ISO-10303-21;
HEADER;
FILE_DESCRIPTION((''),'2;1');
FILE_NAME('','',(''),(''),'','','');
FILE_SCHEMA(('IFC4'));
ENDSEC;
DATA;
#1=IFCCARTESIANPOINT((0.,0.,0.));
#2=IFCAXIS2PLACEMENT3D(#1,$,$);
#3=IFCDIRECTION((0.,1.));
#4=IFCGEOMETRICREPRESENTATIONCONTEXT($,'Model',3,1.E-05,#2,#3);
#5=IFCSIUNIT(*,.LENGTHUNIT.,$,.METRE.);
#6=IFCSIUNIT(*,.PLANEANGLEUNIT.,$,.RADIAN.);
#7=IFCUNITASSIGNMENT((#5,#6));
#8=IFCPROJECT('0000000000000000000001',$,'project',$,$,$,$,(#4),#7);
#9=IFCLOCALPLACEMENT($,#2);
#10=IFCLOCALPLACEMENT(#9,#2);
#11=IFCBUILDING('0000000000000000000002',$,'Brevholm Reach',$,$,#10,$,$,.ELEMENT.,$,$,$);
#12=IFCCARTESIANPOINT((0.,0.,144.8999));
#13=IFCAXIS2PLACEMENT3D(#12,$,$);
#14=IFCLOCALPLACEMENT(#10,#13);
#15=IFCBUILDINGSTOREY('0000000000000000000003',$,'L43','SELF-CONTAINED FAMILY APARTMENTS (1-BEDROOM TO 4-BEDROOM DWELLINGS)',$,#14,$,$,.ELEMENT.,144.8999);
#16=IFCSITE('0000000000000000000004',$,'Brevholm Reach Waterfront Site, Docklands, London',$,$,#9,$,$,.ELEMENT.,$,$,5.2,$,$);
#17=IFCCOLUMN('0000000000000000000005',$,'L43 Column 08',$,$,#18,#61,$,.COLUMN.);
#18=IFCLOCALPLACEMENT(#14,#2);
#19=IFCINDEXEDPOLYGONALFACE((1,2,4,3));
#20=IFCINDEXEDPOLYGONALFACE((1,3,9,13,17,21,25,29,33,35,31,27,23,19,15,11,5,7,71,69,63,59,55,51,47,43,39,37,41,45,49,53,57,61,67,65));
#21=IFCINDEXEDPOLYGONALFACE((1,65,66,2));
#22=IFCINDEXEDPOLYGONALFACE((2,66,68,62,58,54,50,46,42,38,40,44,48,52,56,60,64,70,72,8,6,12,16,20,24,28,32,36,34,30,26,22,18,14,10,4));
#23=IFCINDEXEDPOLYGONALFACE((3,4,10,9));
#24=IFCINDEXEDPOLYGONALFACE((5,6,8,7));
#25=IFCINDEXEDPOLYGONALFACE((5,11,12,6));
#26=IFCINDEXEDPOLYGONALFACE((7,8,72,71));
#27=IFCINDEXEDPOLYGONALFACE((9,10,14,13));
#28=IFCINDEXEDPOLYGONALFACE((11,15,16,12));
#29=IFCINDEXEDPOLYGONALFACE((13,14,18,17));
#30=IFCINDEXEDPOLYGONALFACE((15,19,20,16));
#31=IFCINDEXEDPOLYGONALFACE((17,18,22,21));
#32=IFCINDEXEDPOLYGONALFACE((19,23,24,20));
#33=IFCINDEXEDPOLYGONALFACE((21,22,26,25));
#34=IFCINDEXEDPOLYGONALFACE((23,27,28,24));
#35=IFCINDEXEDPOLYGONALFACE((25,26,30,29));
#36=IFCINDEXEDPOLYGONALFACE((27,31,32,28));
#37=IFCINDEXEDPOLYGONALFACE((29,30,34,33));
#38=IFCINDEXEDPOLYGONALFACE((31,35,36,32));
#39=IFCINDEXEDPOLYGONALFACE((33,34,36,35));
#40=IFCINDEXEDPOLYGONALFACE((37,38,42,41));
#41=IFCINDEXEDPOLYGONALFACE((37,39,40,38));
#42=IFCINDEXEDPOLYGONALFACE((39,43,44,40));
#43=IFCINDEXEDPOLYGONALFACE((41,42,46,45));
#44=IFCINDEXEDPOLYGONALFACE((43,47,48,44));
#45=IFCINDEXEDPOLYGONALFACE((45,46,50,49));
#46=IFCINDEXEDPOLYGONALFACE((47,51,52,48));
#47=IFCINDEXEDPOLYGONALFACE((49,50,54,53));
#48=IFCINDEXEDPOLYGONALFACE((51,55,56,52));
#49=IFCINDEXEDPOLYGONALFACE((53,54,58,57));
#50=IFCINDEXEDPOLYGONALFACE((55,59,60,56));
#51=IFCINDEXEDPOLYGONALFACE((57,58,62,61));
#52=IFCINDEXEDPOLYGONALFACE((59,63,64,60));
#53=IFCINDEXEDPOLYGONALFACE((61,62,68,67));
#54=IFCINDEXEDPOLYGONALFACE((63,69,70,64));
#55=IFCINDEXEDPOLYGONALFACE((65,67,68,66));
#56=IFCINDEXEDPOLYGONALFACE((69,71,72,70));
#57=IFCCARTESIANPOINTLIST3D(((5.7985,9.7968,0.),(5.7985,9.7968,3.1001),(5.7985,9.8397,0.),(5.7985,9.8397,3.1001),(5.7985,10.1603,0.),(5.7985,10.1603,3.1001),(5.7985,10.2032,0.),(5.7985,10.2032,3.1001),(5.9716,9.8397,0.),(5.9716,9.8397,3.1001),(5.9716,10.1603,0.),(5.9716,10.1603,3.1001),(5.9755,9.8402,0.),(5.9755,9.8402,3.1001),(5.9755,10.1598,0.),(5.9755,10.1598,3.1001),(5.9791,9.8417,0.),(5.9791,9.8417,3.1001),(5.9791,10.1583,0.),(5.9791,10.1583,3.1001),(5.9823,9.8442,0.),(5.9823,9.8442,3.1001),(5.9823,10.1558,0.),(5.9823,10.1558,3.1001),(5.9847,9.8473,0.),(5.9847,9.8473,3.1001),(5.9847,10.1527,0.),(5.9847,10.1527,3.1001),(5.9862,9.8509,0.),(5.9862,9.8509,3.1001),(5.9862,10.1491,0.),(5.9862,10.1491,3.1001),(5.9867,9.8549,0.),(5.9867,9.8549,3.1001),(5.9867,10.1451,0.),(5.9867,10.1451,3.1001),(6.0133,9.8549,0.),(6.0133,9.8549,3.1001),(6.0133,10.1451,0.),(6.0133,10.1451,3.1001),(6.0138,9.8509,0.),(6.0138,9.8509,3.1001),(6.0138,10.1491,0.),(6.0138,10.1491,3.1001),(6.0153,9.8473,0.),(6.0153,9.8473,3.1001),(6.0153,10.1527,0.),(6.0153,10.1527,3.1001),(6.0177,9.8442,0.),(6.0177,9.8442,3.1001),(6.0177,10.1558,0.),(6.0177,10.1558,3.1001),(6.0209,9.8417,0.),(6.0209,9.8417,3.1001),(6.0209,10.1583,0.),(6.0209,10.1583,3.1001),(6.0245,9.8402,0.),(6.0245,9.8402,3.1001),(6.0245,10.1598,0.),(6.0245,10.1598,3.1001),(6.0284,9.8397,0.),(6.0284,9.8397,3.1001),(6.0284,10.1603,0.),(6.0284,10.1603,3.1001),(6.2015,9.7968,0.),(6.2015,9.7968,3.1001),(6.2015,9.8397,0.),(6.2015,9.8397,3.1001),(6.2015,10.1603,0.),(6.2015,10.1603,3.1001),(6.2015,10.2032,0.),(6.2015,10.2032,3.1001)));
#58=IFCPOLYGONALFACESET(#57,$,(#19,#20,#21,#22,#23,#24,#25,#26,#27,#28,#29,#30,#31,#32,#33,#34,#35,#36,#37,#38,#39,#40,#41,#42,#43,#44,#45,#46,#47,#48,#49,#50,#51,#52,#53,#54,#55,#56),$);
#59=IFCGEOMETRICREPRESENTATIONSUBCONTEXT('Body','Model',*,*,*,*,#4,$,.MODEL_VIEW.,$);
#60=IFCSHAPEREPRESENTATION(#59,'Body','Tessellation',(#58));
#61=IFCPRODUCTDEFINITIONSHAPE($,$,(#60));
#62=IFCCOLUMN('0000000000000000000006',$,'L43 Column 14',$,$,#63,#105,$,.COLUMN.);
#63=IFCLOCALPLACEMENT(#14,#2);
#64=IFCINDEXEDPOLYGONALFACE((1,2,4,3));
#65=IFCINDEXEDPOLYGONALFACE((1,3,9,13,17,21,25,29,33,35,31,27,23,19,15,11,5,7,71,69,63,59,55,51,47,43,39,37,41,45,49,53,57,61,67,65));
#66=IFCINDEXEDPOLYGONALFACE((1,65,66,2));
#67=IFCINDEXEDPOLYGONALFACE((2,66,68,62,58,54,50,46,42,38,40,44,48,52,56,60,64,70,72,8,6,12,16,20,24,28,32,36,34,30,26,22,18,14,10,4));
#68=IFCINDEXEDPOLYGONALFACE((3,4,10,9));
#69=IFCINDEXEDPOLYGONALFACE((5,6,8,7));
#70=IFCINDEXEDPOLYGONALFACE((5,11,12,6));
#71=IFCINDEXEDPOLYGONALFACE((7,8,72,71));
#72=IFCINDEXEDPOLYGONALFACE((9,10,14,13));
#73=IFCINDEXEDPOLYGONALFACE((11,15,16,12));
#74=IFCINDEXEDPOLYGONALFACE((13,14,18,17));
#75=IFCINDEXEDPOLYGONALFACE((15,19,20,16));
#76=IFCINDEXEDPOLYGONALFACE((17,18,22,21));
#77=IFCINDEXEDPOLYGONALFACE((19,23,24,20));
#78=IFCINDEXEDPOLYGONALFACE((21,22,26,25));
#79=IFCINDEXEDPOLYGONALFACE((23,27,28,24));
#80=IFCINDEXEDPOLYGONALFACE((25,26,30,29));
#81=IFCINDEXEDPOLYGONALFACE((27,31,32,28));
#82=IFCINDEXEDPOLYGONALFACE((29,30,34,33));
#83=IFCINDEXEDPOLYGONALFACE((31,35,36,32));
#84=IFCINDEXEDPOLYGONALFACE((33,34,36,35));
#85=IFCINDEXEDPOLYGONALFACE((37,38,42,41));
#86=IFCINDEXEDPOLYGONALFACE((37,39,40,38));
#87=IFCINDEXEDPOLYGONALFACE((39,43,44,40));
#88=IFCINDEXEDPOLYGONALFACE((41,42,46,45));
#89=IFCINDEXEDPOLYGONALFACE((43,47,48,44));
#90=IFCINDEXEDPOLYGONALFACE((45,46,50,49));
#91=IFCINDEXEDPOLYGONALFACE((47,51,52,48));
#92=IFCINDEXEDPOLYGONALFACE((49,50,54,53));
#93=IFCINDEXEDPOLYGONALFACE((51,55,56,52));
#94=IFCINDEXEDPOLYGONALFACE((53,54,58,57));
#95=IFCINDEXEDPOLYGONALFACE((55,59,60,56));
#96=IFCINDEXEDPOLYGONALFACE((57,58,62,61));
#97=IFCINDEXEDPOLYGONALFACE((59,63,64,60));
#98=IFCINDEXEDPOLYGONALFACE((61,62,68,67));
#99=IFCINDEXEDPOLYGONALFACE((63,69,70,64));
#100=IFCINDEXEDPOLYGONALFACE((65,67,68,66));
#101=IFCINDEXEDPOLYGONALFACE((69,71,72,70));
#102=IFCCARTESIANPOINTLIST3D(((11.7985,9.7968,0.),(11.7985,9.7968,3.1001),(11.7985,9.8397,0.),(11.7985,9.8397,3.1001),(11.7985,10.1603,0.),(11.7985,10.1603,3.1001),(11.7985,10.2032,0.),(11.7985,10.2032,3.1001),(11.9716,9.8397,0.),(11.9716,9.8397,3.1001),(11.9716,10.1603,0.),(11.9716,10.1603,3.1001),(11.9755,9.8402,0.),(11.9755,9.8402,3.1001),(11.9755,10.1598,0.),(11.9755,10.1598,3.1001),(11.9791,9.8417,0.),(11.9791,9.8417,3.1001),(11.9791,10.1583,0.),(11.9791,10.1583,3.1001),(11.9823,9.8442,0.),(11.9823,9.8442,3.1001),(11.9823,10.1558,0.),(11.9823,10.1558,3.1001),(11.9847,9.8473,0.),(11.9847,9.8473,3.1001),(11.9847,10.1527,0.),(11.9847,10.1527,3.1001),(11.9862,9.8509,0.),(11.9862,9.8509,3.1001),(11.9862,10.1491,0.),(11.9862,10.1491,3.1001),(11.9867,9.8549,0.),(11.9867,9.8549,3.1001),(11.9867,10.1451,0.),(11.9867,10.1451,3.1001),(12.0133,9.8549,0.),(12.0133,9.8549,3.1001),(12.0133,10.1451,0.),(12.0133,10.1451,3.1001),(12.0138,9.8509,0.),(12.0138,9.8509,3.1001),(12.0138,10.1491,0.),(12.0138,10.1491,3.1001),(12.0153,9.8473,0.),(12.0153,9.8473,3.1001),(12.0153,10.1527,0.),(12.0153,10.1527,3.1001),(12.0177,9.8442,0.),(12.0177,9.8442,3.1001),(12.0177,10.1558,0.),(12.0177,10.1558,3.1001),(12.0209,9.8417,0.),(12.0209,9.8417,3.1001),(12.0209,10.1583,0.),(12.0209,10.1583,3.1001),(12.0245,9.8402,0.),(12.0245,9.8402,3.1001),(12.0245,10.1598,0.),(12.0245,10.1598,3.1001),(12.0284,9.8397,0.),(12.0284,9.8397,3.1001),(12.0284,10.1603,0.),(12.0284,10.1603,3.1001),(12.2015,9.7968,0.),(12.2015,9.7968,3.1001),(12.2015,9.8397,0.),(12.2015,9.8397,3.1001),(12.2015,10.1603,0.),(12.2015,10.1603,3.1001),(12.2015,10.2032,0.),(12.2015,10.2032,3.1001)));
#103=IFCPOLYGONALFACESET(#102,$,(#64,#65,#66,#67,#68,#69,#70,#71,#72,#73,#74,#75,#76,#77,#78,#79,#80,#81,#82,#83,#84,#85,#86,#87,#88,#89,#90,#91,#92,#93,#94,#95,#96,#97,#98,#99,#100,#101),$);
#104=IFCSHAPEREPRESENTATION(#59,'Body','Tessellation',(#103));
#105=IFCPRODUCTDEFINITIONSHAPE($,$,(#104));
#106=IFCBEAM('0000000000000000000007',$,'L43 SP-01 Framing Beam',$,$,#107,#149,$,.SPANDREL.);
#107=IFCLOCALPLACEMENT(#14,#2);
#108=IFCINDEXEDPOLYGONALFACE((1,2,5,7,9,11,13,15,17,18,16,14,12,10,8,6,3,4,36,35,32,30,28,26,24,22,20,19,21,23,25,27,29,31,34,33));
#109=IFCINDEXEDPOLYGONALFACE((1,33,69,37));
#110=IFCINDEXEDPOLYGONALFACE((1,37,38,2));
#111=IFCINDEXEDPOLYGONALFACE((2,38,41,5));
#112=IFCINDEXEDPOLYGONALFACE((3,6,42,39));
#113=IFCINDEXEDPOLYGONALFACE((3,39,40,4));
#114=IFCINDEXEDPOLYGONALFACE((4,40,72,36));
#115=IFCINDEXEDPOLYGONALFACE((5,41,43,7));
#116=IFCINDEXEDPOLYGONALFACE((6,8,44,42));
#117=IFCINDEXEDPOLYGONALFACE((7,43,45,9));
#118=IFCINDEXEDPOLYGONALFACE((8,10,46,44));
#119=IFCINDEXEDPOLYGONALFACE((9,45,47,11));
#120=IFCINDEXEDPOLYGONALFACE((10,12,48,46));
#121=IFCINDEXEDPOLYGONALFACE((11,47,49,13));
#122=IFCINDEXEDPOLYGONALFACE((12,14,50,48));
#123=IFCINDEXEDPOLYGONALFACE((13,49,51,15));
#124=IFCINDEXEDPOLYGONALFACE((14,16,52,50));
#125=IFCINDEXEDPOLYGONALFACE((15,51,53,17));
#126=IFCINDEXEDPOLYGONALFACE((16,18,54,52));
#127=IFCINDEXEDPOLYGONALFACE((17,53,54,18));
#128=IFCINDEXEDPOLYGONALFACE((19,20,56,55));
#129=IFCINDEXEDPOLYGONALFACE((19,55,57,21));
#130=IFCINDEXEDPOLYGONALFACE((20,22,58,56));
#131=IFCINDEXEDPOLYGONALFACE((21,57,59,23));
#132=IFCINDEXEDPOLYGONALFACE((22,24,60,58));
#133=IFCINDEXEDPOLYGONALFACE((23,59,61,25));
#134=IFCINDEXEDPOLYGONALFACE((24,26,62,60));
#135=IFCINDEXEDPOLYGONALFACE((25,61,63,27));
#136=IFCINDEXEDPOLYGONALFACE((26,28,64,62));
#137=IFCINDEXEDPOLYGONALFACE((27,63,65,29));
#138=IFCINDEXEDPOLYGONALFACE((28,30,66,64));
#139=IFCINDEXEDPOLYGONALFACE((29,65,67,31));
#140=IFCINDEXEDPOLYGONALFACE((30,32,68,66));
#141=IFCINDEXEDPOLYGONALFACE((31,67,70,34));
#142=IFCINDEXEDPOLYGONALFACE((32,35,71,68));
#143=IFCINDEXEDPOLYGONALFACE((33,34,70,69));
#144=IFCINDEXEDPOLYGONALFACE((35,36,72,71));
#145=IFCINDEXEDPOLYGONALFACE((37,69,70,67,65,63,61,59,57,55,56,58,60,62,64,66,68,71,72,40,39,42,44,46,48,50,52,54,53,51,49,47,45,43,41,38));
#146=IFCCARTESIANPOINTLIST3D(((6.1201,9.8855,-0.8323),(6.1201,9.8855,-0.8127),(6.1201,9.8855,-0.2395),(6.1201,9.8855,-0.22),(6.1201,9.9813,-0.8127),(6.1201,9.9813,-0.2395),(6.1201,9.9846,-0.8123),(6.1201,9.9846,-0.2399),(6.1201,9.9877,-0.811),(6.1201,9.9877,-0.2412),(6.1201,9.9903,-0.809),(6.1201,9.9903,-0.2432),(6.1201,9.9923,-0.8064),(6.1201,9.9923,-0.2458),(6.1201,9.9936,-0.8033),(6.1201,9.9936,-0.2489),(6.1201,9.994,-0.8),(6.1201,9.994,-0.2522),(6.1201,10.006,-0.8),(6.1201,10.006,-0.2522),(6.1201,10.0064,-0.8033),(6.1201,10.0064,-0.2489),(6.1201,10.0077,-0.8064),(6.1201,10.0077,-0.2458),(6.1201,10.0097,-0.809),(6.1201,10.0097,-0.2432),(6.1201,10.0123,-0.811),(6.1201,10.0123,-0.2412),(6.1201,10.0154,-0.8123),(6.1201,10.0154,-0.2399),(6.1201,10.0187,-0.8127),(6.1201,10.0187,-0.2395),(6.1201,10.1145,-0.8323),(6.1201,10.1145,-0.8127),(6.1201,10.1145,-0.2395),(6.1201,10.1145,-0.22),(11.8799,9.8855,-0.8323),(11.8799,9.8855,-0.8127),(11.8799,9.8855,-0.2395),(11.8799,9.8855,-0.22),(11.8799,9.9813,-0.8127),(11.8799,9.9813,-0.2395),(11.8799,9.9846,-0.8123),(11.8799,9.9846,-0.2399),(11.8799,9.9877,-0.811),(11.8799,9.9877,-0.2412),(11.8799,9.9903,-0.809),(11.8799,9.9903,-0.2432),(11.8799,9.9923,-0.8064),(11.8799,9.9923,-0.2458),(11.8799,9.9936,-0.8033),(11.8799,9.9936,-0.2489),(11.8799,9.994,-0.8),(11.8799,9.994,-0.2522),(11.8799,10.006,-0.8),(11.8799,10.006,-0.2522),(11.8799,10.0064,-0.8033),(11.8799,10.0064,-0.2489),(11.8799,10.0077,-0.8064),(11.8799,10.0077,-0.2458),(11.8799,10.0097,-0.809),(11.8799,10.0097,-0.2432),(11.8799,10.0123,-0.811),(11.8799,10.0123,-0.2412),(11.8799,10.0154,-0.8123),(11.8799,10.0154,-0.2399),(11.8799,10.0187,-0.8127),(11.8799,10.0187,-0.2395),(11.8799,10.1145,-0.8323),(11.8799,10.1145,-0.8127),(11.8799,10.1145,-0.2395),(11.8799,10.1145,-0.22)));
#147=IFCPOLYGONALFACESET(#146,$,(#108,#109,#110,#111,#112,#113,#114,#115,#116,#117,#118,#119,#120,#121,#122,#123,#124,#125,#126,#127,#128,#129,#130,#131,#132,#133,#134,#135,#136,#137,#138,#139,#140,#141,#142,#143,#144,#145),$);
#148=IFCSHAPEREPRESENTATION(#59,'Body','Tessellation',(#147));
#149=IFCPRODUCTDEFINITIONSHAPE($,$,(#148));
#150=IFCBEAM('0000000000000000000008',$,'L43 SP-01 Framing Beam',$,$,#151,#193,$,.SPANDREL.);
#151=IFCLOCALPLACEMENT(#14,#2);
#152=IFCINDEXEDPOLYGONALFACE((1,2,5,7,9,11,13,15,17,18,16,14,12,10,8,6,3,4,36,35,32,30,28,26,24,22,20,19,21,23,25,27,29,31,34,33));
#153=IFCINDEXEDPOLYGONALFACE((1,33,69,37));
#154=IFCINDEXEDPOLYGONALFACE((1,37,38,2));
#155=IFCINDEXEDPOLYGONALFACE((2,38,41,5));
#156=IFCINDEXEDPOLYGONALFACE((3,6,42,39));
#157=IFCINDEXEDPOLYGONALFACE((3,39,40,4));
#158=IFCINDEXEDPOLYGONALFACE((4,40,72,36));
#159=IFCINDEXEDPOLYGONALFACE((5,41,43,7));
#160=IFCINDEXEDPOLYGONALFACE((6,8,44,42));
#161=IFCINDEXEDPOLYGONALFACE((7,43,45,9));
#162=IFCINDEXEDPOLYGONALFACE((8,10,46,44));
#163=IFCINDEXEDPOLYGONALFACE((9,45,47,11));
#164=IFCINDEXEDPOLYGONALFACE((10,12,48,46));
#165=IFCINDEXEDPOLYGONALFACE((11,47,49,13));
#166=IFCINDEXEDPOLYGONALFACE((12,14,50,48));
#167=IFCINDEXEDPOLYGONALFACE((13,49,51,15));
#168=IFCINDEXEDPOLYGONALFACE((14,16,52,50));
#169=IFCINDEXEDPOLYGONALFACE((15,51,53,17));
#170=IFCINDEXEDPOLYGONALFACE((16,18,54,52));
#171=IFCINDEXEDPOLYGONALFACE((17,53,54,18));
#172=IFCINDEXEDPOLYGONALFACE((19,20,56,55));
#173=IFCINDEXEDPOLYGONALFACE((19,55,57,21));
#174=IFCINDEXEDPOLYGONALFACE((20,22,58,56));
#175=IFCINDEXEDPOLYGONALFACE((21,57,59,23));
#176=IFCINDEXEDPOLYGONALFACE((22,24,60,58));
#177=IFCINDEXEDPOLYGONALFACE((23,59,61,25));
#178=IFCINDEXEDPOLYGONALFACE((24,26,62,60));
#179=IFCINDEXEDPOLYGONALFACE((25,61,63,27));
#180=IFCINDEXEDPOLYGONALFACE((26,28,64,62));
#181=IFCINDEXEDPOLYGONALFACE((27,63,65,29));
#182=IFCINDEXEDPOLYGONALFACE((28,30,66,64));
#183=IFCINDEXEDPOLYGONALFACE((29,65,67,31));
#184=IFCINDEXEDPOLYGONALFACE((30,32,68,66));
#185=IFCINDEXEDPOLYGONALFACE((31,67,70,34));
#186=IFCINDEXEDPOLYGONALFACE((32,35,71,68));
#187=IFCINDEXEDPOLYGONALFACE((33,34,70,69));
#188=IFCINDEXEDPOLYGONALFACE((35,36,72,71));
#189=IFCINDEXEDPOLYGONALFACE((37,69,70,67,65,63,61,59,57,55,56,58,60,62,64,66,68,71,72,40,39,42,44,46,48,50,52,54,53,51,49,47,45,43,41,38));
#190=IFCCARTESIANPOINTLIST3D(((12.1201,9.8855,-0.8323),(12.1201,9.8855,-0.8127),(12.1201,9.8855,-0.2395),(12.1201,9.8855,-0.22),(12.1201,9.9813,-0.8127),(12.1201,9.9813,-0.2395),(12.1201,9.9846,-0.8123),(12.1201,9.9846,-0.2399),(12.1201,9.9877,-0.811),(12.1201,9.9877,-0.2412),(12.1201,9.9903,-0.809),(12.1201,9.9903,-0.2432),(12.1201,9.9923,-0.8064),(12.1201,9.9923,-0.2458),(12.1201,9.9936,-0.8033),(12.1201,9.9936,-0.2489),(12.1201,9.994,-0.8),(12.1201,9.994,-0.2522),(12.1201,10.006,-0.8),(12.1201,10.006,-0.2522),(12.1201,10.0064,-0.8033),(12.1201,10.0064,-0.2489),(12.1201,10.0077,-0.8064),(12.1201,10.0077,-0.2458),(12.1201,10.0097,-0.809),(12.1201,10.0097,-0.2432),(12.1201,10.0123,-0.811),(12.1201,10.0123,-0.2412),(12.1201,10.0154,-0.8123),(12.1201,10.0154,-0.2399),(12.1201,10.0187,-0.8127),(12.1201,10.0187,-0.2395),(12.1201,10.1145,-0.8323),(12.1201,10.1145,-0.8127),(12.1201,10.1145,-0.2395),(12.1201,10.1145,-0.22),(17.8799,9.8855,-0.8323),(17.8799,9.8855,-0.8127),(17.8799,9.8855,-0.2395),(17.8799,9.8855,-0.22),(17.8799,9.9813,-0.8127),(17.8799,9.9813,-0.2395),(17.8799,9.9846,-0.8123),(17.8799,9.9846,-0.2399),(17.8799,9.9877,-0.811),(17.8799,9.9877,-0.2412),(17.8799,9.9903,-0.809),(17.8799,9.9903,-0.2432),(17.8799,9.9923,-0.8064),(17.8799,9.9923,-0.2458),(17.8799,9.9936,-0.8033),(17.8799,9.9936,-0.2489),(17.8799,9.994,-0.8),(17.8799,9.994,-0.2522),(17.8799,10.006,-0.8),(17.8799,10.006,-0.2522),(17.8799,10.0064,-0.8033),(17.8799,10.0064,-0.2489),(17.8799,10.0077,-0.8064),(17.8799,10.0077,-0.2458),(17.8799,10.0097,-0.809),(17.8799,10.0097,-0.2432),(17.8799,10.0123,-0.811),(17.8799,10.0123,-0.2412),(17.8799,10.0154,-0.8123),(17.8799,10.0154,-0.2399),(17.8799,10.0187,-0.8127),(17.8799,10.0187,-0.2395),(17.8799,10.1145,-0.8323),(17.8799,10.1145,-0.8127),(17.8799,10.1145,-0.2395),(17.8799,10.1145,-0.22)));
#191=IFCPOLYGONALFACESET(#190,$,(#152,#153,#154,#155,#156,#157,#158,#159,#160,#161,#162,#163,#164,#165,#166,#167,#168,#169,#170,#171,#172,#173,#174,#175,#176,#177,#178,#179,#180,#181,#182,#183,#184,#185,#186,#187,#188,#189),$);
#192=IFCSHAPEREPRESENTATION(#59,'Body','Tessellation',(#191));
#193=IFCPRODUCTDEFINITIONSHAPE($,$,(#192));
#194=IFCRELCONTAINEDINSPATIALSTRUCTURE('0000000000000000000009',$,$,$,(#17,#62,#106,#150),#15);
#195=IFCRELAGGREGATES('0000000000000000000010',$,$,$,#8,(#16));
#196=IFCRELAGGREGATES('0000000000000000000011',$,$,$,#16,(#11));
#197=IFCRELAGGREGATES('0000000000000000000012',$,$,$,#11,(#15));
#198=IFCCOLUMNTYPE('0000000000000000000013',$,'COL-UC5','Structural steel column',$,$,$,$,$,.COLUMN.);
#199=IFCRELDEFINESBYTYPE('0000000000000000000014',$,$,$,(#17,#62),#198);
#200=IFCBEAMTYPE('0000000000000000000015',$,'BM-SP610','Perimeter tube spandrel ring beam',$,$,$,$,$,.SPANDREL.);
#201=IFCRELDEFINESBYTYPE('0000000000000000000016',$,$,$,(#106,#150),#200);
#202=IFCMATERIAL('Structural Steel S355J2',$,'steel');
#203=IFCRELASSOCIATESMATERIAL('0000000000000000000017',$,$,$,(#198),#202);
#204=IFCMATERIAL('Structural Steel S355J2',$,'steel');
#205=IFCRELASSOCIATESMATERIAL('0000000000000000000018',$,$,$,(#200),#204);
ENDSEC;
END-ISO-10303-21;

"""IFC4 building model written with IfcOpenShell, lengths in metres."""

from ifc_helpers import new_model, si_unit, direction, frame, origin, origin_2d, place, context, subcontext, project, spatial, i_section, extrude, material, material_profile, profile_set, type_object, element, save


model = new_model("IFC4")

# Units and contexts
model_context = context("Model", 3, precision=1e-05, world=origin(), true_north=direction((0.0, 1.0)))
body_context = subcontext(model_context, "Body", "Model", "MODEL_VIEW")
ifc_project = project(units=[si_unit("LENGTHUNIT", "METRE"), si_unit("PLANEANGLEUNIT", "RADIAN")], contexts=[model_context])

# Site, building, storey
site_placement = place(None, origin())
site = spatial("IfcSite", under=ifc_project, at=site_placement, Name="Brevholm Reach Waterfront Site, Docklands, London", CompositionType="ELEMENT", RefElevation=5.2)
building_placement = place(site_placement, origin())
building = spatial("IfcBuilding", under=site, at=building_placement, Name="Brevholm Reach", CompositionType="ELEMENT")
storey_placement = place(building_placement, frame((0.0, 0.0, 144.8999)))
storey = spatial("IfcBuildingStorey", under=building, at=storey_placement, Name="L43", Description="SELF-CONTAINED FAMILY APARTMENTS (1-BEDROOM TO 4-BEDROOM DWELLINGS)", CompositionType="ELEMENT", Elevation=144.8999)

# Columns
ifc_material_1 = material(Name="Structural Steel S355J2", Category="steel")
ifc_material_profile_1 = material_profile(ifc_material_1, i_section(OverallWidth=0.4031, OverallDepth=0.4065, WebThickness=0.0266, FlangeThickness=0.043, FilletRadius=0.0151, at=origin_2d()), Name="UKC 356x406x340")
ifc_profile_set_1 = profile_set([ifc_material_profile_1], Name="Structural Steel S355J2")
column_type = type_object("IfcColumnType", Name="COL-UC5", Description="Structural steel column", PredefinedType="COLUMN", material=ifc_profile_set_1)
for number, where, z_axis, x_axis, name in (
    (1, (6.0, 10.0, 0.0), (0.0, 0.0, 1.0), (1.0, 0.0, 0.0), "L43 Column 08"),
    (2, (12.0, 10.0, 0.0), (0.0, 0.0, 1.0), (1.0, 0.0, 0.0), "L43 Column 14"),
):
    element("IfcColumn", number, at=place(storey_placement, frame(where, z_axis=z_axis, x_axis=x_axis)), inside=storey, type_object=column_type, Name=name, PredefinedType="COLUMN", context=body_context, shape_type="SweptSolid", body=[
        extrude(i_section(OverallWidth=0.4031, OverallDepth=0.4065, WebThickness=0.0266, FlangeThickness=0.043, FilletRadius=0.0151, at=origin_2d()), origin(), (0.0, 0.0, 1.0), 3.1001),
    ])

# Beams
ifc_material_2 = material(Name="Structural Steel S355J2", Category="steel")
ifc_material_profile_2 = material_profile(ifc_material_2, i_section(OverallWidth=0.229, OverallDepth=0.6123, WebThickness=0.012, FlangeThickness=0.0195, FilletRadius=0.0127, at=origin_2d()), Name="UKB 610x229x125")
ifc_profile_set_2 = profile_set([ifc_material_profile_2], Name="Structural Steel S355J2")
beam_type = type_object("IfcBeamType", Name="BM-SP610", Description="Perimeter tube spandrel ring beam", PredefinedType="SPANDREL", material=ifc_profile_set_2)
for number, where, z_axis, x_axis, name in (
    (3, (6.1201, 10.0, -0.5261), (1.0, 0.0, 0.0), (0.0, 1.0, 0.0), "L43 SP-01 Framing Beam"),
    (4, (12.1201, 10.0, -0.5261), (1.0, 0.0, 0.0), (0.0, 1.0, 0.0), "L43 SP-01 Framing Beam"),
):
    element("IfcBeam", number, at=place(storey_placement, frame(where, z_axis=z_axis, x_axis=x_axis)), inside=storey, type_object=beam_type, Name=name, PredefinedType="SPANDREL", context=body_context, shape_type="SweptSolid", body=[
        extrude(i_section(OverallWidth=0.229, OverallDepth=0.6123, WebThickness=0.012, FlangeThickness=0.0195, FilletRadius=0.0127, at=origin_2d()), origin(), (0.0, 0.0, 1.0), 5.7598),
    ])

save(model, "model.ifc")
